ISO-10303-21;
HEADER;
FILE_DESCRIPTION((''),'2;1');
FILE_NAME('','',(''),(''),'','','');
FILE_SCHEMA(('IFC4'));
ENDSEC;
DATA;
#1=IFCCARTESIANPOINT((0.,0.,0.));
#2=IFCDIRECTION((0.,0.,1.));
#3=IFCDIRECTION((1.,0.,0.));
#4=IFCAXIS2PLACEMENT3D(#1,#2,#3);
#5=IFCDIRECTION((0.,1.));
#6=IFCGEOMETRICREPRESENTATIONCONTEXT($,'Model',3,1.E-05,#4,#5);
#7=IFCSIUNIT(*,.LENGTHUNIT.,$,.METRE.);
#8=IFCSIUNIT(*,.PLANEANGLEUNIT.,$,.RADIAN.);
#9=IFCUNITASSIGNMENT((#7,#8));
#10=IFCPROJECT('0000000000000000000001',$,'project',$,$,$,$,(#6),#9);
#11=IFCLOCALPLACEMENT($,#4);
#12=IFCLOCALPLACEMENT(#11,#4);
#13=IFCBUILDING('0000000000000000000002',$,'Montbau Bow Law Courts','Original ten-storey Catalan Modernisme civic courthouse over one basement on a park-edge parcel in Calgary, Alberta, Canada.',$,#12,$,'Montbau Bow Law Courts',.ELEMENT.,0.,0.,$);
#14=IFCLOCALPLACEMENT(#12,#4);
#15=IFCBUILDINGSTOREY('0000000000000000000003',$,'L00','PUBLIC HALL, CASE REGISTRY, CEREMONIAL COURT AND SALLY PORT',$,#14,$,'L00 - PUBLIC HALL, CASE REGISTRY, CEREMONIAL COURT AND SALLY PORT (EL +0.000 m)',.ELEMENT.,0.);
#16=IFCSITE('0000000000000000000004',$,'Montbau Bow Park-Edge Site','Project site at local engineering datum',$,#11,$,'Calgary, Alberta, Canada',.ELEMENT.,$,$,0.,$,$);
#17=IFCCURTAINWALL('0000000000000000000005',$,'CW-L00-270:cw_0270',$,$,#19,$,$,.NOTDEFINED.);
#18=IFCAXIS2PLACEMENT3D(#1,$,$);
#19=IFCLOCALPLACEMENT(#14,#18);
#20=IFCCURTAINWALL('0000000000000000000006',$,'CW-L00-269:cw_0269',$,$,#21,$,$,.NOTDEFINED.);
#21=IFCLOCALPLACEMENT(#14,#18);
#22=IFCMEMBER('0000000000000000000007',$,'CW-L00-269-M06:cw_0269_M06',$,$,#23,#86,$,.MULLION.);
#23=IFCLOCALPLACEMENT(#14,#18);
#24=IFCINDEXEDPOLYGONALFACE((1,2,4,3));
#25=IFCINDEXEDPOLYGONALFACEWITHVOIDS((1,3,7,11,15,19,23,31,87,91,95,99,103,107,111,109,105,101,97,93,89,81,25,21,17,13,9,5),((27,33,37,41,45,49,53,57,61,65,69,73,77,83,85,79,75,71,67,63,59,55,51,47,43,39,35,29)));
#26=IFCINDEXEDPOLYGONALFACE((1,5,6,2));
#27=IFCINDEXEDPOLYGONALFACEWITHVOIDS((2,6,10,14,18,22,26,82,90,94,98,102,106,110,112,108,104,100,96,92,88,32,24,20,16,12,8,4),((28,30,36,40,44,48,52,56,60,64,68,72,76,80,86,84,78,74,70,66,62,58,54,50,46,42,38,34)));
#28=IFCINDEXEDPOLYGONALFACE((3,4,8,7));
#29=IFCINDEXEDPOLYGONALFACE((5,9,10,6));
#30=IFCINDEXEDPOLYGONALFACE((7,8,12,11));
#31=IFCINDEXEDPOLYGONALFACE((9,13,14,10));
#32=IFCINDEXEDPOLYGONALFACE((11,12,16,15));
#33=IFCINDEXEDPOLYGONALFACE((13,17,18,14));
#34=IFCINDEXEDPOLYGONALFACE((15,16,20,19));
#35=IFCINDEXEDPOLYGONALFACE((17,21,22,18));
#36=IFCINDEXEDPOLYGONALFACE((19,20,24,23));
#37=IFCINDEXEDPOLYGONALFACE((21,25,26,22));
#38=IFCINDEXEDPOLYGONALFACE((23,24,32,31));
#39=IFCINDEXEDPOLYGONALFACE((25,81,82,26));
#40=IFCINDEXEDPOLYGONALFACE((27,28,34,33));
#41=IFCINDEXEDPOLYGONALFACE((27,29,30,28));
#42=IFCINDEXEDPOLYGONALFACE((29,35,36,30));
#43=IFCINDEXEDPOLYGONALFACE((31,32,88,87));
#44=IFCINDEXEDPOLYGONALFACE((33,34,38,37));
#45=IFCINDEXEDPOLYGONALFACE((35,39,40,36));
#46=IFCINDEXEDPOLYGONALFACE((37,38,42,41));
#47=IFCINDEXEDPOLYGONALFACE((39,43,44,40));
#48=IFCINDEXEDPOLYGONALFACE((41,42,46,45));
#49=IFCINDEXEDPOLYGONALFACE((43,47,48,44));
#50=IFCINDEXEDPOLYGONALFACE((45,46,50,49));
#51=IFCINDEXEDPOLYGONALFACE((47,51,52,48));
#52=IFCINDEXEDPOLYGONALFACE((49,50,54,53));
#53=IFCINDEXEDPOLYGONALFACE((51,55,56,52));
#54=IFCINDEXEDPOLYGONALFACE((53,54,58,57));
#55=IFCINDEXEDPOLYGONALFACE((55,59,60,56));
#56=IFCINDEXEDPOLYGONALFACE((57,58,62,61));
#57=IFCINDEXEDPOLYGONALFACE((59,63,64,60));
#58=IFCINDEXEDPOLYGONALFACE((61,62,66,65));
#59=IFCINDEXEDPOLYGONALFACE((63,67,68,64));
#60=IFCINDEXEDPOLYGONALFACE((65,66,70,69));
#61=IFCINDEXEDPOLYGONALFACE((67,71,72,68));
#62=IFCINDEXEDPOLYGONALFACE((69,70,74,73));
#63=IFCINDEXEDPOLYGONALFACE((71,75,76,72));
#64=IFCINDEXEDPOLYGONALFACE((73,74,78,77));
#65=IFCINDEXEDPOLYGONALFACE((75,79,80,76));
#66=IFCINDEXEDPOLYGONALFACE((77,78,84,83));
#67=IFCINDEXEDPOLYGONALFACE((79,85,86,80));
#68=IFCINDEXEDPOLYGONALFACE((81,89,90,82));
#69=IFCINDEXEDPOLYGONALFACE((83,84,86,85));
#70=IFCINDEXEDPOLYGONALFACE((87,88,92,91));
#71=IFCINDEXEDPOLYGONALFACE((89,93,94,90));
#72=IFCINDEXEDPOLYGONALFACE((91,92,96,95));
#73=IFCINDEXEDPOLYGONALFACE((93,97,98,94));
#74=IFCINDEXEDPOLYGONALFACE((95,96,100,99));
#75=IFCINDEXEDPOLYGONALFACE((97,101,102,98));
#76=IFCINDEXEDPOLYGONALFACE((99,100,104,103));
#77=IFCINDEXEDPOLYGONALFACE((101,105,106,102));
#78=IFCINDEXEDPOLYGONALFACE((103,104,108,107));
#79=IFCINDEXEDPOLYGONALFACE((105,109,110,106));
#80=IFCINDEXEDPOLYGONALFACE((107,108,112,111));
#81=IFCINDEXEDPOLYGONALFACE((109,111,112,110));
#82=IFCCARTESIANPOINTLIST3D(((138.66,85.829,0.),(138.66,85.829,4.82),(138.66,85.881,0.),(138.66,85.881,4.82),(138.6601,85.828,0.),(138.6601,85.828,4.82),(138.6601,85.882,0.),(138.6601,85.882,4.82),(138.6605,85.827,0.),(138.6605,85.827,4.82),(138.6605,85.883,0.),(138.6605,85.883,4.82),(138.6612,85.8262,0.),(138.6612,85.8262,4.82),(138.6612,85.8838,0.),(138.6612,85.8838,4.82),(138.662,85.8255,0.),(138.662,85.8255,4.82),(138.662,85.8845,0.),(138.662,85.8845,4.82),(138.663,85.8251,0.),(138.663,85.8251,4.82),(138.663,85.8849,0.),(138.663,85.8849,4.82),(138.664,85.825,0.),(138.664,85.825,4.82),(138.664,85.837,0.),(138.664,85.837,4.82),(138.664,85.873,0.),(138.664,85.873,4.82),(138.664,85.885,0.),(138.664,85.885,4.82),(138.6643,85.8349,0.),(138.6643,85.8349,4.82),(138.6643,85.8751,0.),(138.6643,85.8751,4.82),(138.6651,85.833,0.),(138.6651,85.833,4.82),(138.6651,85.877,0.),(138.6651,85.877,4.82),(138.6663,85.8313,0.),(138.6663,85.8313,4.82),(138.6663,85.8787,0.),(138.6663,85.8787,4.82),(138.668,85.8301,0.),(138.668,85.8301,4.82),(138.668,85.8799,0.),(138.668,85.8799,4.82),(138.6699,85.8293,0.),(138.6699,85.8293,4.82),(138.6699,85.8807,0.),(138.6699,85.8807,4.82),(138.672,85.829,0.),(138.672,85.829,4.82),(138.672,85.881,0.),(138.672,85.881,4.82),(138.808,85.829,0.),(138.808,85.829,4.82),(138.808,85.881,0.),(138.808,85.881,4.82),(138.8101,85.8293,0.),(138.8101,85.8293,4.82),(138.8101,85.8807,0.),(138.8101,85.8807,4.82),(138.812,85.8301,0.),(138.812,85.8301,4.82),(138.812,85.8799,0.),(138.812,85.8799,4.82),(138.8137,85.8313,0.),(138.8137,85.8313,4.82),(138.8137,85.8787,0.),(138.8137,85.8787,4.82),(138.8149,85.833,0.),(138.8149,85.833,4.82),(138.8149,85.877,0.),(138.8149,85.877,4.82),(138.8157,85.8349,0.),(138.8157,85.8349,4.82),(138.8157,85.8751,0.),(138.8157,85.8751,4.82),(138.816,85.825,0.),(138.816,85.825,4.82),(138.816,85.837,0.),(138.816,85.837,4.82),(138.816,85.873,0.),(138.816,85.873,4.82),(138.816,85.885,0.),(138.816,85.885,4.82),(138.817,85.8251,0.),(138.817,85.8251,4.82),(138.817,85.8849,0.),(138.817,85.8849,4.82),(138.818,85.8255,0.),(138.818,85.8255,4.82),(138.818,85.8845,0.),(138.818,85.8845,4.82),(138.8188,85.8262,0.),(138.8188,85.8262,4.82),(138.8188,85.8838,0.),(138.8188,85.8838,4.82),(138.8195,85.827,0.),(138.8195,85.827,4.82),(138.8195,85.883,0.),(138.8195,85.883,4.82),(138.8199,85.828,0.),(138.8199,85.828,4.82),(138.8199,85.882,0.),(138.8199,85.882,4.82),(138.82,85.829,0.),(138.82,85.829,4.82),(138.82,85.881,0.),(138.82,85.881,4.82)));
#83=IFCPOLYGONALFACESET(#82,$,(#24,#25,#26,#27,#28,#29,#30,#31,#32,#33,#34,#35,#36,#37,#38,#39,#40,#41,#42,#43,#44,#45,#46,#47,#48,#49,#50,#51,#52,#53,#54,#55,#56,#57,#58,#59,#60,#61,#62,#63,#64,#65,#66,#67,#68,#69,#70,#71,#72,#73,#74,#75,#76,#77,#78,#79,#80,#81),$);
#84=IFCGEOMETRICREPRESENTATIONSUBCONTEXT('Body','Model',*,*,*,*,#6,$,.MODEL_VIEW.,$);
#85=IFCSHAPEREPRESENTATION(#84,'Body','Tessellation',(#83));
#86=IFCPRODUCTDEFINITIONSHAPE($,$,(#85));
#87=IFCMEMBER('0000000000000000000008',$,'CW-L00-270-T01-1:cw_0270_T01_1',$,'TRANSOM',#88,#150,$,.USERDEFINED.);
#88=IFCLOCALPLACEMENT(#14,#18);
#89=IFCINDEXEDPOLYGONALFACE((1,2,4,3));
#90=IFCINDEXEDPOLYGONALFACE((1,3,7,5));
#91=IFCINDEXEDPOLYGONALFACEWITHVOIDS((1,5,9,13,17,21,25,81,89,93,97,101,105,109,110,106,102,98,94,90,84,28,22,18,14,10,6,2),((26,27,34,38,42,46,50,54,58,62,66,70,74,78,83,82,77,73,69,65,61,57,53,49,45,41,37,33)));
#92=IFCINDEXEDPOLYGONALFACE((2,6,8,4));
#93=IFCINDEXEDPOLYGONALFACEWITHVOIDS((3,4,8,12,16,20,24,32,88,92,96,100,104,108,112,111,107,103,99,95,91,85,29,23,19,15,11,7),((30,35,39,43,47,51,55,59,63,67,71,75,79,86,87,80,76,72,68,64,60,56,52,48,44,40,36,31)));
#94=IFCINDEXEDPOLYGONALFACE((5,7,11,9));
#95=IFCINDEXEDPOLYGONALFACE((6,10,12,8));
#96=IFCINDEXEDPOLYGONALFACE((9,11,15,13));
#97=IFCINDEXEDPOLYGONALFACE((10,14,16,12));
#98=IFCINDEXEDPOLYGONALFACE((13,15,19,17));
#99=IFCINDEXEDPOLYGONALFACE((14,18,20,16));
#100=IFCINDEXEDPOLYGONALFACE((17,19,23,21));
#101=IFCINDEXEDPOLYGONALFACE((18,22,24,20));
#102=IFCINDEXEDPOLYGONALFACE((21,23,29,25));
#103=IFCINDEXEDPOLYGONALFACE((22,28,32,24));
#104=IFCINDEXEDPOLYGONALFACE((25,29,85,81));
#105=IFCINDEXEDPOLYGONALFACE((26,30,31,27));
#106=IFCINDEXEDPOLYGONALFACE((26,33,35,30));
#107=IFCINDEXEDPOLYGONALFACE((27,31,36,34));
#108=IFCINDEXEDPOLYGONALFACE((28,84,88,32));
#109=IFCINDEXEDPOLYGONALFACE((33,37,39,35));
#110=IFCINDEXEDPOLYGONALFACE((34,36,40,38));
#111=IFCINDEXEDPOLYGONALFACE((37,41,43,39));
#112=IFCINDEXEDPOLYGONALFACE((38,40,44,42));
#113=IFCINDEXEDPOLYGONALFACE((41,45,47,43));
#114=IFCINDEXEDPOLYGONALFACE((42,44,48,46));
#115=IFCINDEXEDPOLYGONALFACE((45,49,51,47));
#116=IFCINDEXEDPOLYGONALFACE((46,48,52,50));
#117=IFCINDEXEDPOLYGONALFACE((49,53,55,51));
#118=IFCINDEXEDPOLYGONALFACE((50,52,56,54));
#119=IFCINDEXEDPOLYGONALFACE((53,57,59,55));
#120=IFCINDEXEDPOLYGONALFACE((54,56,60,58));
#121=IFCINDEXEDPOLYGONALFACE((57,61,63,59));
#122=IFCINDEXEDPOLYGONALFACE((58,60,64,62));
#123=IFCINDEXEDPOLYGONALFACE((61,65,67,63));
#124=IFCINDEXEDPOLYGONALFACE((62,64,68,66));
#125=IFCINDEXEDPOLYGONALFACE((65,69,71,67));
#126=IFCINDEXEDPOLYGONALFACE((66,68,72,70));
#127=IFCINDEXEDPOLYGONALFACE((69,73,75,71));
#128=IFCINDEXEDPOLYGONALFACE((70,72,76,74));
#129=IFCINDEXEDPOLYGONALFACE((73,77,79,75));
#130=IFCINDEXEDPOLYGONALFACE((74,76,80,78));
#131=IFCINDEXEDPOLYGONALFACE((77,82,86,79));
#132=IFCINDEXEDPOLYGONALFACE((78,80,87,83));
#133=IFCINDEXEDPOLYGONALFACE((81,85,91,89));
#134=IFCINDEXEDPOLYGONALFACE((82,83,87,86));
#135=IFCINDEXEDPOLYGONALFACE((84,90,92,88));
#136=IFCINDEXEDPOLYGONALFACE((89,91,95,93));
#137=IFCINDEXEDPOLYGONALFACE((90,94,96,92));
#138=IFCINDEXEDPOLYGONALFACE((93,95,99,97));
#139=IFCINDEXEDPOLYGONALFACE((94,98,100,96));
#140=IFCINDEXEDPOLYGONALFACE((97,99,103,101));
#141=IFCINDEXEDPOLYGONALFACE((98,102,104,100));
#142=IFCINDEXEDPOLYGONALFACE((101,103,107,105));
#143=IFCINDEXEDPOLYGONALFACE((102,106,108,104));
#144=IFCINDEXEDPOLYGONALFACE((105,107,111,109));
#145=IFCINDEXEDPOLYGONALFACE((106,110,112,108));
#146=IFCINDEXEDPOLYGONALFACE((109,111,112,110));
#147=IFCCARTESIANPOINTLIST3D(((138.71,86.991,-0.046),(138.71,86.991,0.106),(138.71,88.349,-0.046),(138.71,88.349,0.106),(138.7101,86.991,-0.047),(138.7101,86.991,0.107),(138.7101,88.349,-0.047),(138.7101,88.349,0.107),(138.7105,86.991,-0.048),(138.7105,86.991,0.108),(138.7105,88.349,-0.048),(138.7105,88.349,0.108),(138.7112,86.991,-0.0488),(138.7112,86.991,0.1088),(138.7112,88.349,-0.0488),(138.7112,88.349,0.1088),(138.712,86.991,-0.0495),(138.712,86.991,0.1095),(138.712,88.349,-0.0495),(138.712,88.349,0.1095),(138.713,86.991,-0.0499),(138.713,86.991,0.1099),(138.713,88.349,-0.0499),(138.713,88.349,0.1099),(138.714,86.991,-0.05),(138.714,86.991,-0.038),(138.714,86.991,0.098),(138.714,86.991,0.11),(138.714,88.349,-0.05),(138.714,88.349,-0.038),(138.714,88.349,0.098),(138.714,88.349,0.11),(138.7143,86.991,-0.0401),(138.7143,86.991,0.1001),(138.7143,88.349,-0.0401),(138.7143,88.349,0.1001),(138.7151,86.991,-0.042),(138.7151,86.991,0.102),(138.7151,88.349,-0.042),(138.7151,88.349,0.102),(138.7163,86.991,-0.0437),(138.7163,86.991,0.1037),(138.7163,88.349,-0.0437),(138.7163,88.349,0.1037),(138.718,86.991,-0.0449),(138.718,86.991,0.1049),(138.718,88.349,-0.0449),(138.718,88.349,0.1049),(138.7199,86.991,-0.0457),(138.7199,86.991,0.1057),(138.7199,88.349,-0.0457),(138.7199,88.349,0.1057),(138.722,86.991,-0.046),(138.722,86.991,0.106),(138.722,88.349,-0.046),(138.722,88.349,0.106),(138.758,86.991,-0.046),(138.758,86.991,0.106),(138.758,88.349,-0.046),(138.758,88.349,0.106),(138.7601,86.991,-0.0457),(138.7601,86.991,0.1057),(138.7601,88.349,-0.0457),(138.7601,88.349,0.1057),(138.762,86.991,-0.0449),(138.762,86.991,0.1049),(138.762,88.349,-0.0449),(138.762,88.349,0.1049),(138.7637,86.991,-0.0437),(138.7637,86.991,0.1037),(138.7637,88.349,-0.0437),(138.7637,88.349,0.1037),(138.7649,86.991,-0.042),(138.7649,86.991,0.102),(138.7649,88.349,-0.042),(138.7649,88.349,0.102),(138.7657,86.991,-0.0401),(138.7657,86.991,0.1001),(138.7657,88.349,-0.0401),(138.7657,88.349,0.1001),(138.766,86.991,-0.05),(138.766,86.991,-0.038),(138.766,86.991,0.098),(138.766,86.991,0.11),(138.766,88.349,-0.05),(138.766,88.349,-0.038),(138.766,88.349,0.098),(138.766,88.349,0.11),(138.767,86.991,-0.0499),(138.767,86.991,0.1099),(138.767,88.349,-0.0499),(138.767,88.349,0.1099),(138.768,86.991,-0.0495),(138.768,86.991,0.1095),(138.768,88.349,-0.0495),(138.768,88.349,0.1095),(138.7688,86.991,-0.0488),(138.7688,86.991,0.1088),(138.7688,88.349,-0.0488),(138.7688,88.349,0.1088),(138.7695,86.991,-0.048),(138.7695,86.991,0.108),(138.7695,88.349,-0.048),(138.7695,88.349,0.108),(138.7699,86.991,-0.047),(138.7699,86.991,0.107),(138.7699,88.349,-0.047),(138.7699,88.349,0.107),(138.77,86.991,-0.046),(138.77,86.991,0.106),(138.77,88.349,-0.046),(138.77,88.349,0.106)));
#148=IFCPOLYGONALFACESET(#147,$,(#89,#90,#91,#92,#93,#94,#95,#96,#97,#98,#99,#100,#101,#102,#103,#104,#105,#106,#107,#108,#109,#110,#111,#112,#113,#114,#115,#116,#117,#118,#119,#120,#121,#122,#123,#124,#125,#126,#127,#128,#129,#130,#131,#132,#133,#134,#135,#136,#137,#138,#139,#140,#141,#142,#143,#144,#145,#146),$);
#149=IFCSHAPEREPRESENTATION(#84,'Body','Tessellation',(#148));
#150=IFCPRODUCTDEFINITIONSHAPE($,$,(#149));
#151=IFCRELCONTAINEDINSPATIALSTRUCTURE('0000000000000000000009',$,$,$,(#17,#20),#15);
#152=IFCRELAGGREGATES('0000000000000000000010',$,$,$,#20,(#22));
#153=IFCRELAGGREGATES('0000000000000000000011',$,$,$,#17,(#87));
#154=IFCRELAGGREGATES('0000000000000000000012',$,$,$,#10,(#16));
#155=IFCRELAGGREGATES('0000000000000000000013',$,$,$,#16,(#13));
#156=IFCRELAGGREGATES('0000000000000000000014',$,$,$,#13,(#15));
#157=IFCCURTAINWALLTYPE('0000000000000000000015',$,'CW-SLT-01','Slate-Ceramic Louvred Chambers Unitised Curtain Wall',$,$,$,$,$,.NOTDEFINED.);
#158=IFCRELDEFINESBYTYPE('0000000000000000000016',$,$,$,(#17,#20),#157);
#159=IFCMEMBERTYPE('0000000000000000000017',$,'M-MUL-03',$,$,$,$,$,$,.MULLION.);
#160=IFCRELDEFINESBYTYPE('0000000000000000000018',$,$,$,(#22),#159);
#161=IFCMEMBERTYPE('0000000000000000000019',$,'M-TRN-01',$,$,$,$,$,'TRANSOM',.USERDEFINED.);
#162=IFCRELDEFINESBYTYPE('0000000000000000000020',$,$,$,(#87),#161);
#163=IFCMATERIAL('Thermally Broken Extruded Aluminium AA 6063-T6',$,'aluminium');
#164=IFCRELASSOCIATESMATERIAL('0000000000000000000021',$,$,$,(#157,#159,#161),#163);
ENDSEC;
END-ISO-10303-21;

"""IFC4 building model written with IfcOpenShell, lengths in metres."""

from ifc_helpers import new_model, si_unit, direction, frame, origin_with_axes, origin_2d_with_axis, place, context, subcontext, project, spatial, hollow_rectangle, extrude, material, material_profile, profile_set, type_object, element, aggregate, save


model = new_model("IFC4")

# Units and contexts
model_context = context("Model", 3, precision=1e-05, world=origin_with_axes(), true_north=direction((0.0, 1.0)))
body_context = subcontext(model_context, "Body", "Model", "MODEL_VIEW")
ifc_project = project(units=[si_unit("LENGTHUNIT", "METRE"), si_unit("PLANEANGLEUNIT", "RADIAN")], contexts=[model_context])

# Site, building, storey
site_placement = place(None, origin_with_axes())
site = spatial("IfcSite", under=ifc_project, at=site_placement, Name="Montbau Bow Park-Edge Site", Description="Project site at local engineering datum", LongName="Calgary, Alberta, Canada", CompositionType="ELEMENT", RefElevation=0.0)
building_placement = place(site_placement, origin_with_axes())
building = spatial("IfcBuilding", under=site, at=building_placement, Name="Montbau Bow Law Courts", Description="Original ten-storey Catalan Modernisme civic courthouse over one basement on a park-edge parcel in Calgary, Alberta, Canada.", LongName="Montbau Bow Law Courts", CompositionType="ELEMENT", ElevationOfRefHeight=0.0, ElevationOfTerrain=0.0)
storey_placement = place(building_placement, origin_with_axes())
storey = spatial("IfcBuildingStorey", under=building, at=storey_placement, Name="L00", Description="PUBLIC HALL, CASE REGISTRY, CEREMONIAL COURT AND SALLY PORT", LongName="L00 - PUBLIC HALL, CASE REGISTRY, CEREMONIAL COURT AND SALLY PORT (EL +0.000 m)", CompositionType="ELEMENT", Elevation=0.0)

# Curtain wall
ifc_material_1 = material(Name="Thermally Broken Extruded Aluminium AA 6063-T6", Category="aluminium")
curtain_wall_type = type_object("IfcCurtainWallType", Name="CW-SLT-01", Description="Slate-Ceramic Louvred Chambers Unitised Curtain Wall", PredefinedType="NOTDEFINED", material=ifc_material_1)
curtain_wall_1_placement = place(None, frame((138.74, 86.915, 0.0), z_axis=(0.0, 0.0, 1.0), x_axis=(1.0, 0.0, 0.0)))
curtain_wall_1 = element("IfcCurtainWall", 1, at=curtain_wall_1_placement, inside=storey, type_object=curtain_wall_type, Name="CW-L00-270:cw_0270", PredefinedType="NOTDEFINED")

# Curtain wall, member
curtain_wall_2_placement = place(None, frame((138.74, 78.515, 0.0), z_axis=(0.0, 0.0, 1.0), x_axis=(1.0, 0.0, 0.0)))
curtain_wall_2 = element("IfcCurtainWall", 2, at=curtain_wall_2_placement, inside=storey, type_object=curtain_wall_type, Name="CW-L00-269:cw_0269", PredefinedType="NOTDEFINED")
ifc_material_profile_1 = material_profile(ifc_material_1, hollow_rectangle(XDim=0.06, YDim=0.16, WallThickness=0.004, InnerFilletRadius=0.008, OuterFilletRadius=0.004, at=origin_2d_with_axis()), Name="CWM-160X60", Category="Main", Priority=0)
ifc_profile_set_1 = profile_set([ifc_material_profile_1], Name="Thermally Broken Extruded Aluminium AA 6063-T6")
member_type_1 = type_object("IfcMemberType", Name="M-MUL-03", PredefinedType="MULLION", material=ifc_profile_set_1)
member_1_placement = place(None, frame((138.74, 85.855, 0.0), z_axis=(0.0, 0.0, 1.0), x_axis=(0.0, 1.0, 0.0)))
member_1 = element("IfcMember", 3, at=member_1_placement, type_object=member_type_1, Name="CW-L00-269-M06:cw_0269_M06", PredefinedType="MULLION", context=body_context, shape_type="SweptSolid", body=[
    extrude(hollow_rectangle(XDim=0.06, YDim=0.16, WallThickness=0.004, InnerFilletRadius=0.008, OuterFilletRadius=0.004, at=origin_2d_with_axis()), origin_with_axes(), (0.0, 0.0, 1.0), 4.82),
])

# Member
ifc_material_profile_2 = material_profile(ifc_material_1, hollow_rectangle(XDim=0.06, YDim=0.16, WallThickness=0.004, InnerFilletRadius=0.008, OuterFilletRadius=0.004, at=origin_2d_with_axis()), Name="CWT-160X60", Category="Main", Priority=0)
ifc_profile_set_2 = profile_set([ifc_material_profile_2], Name="Thermally Broken Extruded Aluminium AA 6063-T6")
member_type_2 = type_object("IfcMemberType", Name="M-TRN-01", ElementType="TRANSOM", PredefinedType="USERDEFINED", material=ifc_profile_set_2)
member_2_placement = place(None, frame((138.74, 86.991, 0.03), z_axis=(0.0, 1.0, 0.0), x_axis=(-1.0, 0.0, 0.0)))
member_2 = element("IfcMember", 4, at=member_2_placement, type_object=member_type_2, Name="CW-L00-270-T01-1:cw_0270_T01_1", ObjectType="TRANSOM", PredefinedType="USERDEFINED", context=body_context, shape_type="SweptSolid", body=[
    extrude(hollow_rectangle(XDim=0.06, YDim=0.16, WallThickness=0.004, InnerFilletRadius=0.008, OuterFilletRadius=0.004, at=origin_2d_with_axis()), origin_with_axes(), (0.0, 0.0, 1.0), 1.358),
])

aggregate(curtain_wall_2, [member_1])
aggregate(curtain_wall_1, [member_2])

save(model, "model.ifc")
